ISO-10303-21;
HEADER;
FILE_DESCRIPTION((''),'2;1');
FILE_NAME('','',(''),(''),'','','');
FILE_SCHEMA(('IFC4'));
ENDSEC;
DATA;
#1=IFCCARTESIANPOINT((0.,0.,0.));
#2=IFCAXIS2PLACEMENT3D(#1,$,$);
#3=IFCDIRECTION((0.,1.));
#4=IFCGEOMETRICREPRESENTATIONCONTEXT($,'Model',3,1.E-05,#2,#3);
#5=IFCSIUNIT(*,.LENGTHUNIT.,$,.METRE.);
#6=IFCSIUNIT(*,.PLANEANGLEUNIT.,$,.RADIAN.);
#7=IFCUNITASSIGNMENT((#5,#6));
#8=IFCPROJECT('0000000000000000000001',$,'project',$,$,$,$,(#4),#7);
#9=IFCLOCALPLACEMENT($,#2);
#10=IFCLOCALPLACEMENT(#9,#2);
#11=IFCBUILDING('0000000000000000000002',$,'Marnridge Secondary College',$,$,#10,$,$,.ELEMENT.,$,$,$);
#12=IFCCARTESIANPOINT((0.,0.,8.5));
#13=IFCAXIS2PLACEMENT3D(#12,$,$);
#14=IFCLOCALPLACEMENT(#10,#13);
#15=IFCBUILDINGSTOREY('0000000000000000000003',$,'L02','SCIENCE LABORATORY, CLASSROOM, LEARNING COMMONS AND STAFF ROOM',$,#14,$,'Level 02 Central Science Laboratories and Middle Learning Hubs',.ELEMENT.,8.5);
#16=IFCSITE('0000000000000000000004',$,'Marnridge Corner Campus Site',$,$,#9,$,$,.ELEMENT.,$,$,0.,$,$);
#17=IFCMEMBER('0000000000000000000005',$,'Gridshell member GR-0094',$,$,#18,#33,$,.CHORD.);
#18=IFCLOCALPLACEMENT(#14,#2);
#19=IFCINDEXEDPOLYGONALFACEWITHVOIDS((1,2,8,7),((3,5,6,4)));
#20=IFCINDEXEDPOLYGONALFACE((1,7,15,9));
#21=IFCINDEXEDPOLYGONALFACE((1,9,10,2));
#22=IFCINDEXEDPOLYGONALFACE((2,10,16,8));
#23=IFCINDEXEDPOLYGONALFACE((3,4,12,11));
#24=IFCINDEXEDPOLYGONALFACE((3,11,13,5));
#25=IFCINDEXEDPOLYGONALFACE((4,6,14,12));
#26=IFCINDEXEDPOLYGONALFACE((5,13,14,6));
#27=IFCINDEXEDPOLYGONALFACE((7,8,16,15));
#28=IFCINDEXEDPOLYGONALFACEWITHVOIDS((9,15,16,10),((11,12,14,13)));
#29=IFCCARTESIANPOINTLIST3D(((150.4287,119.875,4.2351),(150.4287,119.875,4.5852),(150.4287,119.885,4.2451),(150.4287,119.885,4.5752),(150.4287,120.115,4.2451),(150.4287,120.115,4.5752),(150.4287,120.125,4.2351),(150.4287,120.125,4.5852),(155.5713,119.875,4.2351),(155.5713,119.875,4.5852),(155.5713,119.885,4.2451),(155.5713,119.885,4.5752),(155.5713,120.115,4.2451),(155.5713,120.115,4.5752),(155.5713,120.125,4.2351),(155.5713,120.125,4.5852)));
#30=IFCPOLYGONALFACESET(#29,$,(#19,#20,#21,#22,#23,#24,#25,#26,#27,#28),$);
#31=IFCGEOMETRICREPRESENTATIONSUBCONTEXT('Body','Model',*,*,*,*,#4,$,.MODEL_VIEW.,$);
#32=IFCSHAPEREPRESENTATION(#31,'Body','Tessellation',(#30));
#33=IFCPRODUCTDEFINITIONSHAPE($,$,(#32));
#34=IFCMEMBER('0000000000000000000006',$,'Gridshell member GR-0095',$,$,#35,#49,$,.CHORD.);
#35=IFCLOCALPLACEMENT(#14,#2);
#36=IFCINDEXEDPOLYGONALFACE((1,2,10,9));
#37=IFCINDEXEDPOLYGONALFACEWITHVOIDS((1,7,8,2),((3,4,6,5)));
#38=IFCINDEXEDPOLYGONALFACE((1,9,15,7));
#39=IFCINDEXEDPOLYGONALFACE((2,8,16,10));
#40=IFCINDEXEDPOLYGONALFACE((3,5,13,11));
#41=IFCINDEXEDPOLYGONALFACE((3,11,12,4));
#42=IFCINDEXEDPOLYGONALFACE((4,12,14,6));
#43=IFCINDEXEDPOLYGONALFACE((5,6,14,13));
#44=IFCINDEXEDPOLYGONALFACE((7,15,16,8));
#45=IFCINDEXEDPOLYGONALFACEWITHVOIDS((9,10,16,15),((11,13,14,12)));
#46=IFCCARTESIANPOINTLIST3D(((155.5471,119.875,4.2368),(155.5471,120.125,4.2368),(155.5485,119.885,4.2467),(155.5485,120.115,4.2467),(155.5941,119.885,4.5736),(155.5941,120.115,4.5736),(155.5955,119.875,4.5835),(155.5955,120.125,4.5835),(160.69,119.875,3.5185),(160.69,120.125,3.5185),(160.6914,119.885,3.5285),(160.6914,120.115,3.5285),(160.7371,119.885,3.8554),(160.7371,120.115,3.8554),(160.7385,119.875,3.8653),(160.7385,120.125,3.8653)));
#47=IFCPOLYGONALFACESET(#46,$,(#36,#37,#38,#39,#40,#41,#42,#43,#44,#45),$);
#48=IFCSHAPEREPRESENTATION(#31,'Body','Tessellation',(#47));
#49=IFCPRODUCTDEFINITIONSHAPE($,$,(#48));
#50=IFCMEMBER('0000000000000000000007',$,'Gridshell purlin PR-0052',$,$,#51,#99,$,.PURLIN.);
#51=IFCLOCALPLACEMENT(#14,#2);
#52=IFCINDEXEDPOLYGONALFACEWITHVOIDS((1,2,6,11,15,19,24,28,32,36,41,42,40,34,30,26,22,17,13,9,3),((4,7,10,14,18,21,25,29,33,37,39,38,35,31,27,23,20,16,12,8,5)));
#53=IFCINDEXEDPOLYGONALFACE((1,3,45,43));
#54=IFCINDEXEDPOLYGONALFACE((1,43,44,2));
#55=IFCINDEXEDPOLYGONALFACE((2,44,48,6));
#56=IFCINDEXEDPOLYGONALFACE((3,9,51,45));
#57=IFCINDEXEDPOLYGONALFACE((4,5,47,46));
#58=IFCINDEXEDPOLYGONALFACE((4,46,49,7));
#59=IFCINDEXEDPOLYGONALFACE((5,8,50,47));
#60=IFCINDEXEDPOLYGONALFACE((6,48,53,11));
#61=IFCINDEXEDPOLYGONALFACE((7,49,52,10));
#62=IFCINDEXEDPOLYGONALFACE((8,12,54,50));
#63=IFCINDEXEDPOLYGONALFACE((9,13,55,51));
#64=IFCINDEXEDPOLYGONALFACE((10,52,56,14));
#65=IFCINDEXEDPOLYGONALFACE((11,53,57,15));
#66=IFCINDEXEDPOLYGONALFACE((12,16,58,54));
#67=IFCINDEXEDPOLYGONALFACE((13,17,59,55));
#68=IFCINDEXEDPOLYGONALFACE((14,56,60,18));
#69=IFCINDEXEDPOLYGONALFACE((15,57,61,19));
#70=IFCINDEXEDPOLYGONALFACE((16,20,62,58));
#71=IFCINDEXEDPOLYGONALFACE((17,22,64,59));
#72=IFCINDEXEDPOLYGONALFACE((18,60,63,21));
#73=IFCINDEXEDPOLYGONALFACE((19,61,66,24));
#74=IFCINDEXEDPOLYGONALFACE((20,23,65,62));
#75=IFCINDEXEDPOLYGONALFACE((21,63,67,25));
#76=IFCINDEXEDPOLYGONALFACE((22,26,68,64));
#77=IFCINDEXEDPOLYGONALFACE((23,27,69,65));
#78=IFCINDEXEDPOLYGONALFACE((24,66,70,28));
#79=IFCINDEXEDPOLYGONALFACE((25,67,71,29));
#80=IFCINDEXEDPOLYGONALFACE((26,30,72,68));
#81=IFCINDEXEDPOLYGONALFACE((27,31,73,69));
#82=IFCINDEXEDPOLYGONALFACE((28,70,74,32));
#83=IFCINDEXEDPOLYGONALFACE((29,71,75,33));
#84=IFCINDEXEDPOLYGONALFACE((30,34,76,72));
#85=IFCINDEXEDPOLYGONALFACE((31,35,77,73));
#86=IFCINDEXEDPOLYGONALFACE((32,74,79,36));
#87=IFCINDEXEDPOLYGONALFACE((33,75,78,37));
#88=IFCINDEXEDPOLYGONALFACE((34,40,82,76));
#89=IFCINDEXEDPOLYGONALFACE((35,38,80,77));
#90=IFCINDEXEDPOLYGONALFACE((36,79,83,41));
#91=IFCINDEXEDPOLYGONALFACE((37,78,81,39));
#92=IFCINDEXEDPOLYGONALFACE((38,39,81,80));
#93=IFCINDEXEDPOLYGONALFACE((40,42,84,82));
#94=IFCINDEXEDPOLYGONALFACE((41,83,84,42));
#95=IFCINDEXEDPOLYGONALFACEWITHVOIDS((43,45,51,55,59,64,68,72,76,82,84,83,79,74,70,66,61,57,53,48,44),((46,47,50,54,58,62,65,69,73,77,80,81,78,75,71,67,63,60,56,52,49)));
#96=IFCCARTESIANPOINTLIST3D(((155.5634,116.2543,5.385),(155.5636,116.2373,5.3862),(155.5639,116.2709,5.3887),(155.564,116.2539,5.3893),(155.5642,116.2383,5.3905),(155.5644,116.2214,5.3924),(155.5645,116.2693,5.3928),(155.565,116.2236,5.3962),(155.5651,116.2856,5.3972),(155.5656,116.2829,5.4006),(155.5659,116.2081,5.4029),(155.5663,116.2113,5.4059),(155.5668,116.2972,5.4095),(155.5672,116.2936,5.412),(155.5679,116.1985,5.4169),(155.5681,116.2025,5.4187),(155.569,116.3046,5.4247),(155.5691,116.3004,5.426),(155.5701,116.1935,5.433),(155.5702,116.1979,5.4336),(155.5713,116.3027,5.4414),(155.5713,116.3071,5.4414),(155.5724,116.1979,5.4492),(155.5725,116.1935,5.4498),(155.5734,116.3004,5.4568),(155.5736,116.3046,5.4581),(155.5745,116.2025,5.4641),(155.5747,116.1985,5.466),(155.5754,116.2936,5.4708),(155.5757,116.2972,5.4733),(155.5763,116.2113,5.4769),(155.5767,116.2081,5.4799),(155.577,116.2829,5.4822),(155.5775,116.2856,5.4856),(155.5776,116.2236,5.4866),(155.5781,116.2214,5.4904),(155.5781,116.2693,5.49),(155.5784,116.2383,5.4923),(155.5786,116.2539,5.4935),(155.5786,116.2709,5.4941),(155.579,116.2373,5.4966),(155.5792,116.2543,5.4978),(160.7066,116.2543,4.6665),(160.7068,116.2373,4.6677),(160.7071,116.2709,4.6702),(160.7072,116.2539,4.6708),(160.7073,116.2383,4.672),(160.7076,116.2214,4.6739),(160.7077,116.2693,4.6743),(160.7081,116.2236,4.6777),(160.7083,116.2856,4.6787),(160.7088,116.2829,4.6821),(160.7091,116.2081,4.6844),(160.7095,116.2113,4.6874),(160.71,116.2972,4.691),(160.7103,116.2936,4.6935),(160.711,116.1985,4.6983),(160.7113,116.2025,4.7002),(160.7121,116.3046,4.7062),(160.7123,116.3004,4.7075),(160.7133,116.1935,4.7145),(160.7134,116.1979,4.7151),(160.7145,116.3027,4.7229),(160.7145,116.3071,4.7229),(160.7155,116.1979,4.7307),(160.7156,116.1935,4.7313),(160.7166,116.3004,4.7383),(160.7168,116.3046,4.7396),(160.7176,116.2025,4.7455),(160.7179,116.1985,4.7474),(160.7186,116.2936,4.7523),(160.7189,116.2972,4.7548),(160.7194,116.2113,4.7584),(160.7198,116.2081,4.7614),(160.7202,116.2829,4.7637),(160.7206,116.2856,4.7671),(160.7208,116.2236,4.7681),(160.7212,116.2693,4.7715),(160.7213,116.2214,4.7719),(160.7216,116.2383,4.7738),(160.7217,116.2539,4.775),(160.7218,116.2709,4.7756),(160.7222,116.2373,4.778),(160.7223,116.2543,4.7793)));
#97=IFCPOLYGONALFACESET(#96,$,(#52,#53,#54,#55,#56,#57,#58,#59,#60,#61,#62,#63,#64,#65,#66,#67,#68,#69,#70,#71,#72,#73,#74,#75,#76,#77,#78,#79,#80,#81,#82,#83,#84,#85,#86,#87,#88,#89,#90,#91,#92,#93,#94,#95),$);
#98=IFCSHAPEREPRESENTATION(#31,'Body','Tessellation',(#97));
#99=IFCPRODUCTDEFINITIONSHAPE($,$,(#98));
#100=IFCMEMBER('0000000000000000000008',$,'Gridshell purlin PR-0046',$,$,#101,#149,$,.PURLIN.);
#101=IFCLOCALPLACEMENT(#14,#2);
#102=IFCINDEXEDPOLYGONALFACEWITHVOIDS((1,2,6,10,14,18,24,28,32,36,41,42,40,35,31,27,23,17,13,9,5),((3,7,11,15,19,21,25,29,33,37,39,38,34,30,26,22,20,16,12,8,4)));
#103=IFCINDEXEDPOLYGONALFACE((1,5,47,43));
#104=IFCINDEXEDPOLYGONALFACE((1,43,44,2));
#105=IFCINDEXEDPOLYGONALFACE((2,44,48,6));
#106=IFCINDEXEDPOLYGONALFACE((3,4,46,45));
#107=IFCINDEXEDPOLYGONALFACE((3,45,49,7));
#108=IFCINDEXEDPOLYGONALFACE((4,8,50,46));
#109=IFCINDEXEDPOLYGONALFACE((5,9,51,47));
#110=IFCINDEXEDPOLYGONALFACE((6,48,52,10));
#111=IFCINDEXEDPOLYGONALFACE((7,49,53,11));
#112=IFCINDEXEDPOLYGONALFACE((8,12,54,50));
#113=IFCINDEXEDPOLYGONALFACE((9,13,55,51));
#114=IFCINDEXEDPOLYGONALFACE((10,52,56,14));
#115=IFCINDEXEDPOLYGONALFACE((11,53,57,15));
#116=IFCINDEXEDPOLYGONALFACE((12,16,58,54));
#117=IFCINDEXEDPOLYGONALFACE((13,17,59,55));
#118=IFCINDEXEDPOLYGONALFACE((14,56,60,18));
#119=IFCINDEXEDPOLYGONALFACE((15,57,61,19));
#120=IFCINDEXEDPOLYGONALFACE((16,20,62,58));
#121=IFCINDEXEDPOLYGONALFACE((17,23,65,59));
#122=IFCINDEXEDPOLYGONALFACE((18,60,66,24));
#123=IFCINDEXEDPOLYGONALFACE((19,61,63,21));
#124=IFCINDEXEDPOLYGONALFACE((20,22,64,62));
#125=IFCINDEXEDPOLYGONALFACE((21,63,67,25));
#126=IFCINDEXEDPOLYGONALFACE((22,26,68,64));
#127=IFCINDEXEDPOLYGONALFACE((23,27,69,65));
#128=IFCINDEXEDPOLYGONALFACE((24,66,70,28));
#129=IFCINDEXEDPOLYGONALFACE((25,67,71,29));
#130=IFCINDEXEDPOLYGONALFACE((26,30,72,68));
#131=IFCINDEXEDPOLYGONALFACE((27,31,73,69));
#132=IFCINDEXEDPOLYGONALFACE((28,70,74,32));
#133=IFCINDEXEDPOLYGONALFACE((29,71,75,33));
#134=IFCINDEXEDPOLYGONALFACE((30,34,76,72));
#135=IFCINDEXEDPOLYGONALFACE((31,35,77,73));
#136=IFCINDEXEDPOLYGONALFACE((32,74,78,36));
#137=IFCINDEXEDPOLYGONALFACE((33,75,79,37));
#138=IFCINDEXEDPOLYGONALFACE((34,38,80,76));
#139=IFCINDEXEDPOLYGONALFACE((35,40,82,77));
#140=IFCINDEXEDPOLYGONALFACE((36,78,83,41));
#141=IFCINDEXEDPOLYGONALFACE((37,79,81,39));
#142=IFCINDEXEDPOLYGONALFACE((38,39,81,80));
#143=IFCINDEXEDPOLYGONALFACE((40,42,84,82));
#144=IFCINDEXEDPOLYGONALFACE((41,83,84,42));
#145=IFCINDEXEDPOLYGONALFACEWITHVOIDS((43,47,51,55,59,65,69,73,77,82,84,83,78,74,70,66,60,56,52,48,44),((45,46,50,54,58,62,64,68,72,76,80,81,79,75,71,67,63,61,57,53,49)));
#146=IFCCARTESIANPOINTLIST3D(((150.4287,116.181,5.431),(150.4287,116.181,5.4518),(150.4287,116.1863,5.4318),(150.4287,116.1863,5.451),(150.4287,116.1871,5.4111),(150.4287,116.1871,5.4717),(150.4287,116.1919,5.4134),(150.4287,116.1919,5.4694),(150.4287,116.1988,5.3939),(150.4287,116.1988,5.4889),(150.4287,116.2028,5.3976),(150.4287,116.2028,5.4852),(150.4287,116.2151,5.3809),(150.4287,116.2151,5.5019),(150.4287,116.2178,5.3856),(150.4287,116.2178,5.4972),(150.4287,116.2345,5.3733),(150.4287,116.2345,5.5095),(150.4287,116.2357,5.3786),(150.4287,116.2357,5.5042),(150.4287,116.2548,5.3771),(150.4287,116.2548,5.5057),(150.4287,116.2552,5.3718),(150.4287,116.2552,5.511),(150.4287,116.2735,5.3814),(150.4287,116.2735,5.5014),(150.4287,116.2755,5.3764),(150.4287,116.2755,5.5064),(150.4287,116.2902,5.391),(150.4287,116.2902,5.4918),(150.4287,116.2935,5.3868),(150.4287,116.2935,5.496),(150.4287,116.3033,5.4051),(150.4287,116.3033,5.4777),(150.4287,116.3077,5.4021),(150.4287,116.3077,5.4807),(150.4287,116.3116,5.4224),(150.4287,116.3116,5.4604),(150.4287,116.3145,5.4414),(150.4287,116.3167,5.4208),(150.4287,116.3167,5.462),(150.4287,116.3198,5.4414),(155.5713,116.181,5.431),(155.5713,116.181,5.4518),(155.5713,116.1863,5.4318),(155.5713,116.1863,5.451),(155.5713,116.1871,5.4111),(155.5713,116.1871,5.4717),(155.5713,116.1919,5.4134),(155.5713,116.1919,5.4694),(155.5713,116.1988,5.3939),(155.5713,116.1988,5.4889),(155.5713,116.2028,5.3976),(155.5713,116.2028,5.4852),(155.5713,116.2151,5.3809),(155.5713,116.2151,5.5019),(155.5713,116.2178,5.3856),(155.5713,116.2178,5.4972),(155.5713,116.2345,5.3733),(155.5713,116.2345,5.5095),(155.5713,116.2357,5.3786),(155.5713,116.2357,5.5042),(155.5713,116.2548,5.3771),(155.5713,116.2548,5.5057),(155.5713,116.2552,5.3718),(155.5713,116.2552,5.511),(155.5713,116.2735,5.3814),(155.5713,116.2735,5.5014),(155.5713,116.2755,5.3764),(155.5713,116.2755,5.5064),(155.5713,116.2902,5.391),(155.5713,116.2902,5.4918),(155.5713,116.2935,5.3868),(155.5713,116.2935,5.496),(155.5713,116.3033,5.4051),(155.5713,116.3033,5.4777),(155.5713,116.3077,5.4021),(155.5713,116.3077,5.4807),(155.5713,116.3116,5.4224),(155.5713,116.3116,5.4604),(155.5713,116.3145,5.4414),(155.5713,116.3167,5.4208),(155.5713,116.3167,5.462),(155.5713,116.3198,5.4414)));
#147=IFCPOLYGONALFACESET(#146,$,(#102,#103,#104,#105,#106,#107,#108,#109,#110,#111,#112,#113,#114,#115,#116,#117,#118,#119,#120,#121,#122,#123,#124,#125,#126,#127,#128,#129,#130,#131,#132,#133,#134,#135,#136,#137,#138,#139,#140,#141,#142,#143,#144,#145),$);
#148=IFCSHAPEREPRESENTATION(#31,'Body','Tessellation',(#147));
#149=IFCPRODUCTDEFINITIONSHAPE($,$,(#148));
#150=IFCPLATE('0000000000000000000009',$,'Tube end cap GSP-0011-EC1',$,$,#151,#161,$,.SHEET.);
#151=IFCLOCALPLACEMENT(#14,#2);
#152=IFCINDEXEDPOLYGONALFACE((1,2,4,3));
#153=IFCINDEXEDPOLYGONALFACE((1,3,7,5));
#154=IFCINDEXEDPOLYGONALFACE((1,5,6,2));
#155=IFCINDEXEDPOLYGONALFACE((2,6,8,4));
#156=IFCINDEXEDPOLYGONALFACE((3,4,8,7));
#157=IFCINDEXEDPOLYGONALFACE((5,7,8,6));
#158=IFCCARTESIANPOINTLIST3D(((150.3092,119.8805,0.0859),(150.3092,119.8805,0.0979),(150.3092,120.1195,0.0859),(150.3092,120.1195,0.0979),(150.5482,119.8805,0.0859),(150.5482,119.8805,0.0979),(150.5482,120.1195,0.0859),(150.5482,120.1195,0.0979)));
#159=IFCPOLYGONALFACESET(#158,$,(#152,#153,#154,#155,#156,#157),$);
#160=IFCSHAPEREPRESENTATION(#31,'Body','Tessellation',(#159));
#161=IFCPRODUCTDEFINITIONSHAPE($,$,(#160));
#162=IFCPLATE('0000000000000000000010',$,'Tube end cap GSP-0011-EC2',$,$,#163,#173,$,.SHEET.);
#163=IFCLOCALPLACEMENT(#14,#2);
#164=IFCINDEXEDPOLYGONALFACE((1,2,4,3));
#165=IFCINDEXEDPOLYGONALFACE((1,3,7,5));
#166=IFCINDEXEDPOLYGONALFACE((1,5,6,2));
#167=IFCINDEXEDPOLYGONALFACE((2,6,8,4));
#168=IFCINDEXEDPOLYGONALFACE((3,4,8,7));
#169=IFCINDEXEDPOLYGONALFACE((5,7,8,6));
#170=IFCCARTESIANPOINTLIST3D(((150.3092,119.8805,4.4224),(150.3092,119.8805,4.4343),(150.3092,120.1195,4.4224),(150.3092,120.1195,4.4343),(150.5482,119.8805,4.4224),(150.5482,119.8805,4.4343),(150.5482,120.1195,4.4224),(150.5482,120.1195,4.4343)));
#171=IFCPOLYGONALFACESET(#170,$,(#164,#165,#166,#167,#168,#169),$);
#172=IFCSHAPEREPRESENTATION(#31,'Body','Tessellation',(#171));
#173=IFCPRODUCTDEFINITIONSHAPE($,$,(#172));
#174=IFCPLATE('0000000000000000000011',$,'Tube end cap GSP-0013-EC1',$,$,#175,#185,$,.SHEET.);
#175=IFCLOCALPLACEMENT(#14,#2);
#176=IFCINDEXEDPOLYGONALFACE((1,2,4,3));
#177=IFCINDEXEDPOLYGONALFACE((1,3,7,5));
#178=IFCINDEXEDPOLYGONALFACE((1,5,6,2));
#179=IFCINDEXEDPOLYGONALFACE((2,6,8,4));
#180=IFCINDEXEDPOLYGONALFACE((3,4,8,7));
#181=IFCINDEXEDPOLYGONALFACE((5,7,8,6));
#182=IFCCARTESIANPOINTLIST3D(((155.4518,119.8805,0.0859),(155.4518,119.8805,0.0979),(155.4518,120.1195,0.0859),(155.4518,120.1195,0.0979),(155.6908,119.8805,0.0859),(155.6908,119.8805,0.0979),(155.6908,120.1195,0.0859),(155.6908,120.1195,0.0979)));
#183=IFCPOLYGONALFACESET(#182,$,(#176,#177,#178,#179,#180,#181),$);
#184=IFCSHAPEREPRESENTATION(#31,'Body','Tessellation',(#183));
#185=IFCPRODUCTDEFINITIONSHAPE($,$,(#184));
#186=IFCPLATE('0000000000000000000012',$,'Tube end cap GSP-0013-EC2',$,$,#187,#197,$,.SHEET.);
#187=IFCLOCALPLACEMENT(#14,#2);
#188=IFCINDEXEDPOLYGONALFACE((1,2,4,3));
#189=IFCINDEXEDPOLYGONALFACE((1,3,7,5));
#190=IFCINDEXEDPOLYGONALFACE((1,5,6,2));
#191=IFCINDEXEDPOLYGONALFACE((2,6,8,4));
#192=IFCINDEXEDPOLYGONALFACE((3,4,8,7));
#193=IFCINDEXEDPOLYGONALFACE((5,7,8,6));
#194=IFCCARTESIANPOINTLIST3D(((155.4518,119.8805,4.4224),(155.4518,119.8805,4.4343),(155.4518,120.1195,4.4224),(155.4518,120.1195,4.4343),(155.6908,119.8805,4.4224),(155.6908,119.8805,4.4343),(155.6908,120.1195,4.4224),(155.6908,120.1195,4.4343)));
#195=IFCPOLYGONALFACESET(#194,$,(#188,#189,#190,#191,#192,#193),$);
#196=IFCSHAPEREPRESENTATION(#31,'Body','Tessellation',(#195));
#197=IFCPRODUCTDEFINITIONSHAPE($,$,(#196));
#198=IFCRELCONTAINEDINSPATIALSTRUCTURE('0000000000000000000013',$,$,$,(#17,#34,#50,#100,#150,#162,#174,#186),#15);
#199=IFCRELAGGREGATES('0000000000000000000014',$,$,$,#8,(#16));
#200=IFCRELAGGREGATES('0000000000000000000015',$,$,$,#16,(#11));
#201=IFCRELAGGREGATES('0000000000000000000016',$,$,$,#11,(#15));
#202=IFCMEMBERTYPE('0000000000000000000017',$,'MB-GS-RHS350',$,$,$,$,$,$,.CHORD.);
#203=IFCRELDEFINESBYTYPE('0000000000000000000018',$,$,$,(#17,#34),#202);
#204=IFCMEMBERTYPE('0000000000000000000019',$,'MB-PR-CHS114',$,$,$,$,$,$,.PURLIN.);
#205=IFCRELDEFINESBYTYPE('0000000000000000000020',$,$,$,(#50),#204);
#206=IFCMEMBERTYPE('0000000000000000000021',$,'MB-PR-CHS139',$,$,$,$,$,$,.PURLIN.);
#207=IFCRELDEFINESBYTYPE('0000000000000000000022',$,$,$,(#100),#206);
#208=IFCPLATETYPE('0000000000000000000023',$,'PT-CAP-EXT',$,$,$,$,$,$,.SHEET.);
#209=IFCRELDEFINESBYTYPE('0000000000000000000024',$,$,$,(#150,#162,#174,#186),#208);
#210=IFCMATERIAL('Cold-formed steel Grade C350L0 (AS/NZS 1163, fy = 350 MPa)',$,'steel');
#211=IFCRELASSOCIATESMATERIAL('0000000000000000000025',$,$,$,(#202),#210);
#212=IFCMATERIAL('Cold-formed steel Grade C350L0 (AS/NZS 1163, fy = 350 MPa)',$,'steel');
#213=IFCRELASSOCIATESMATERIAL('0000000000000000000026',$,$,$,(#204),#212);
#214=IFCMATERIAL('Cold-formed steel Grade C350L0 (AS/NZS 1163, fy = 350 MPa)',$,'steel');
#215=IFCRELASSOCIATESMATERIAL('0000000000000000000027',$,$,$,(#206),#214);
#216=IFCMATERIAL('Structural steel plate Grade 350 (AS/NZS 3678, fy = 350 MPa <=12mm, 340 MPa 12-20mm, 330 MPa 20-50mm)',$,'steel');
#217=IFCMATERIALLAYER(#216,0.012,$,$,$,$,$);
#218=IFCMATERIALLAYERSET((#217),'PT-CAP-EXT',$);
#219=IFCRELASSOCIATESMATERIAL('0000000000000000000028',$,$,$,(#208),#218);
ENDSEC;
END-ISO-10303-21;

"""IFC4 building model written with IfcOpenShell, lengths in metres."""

from ifc_helpers import new_model, si_unit, direction, frame, origin, origin_2d, place, context, subcontext, project, spatial, rectangle, hollow_rectangle, hollow_circle, extrude, material, layer, layer_set, material_profile, profile_set, type_object, element, save


model = new_model("IFC4")

# Units and contexts
model_context = context("Model", 3, precision=1e-05, world=origin(), true_north=direction((0.0, 1.0)))
body_context = subcontext(model_context, "Body", "Model", "MODEL_VIEW")
ifc_project = project(units=[si_unit("LENGTHUNIT", "METRE"), si_unit("PLANEANGLEUNIT", "RADIAN")], contexts=[model_context])

# Site, building, storey
site_placement = place(None, origin())
site = spatial("IfcSite", under=ifc_project, at=site_placement, Name="Marnridge Corner Campus Site", CompositionType="ELEMENT", RefElevation=0.0)
building_placement = place(site_placement, origin())
building = spatial("IfcBuilding", under=site, at=building_placement, Name="Marnridge Secondary College", CompositionType="ELEMENT")
storey_placement = place(building_placement, frame((0.0, 0.0, 8.5)))
storey = spatial("IfcBuildingStorey", under=building, at=storey_placement, Name="L02", Description="SCIENCE LABORATORY, CLASSROOM, LEARNING COMMONS AND STAFF ROOM", LongName="Level 02 Central Science Laboratories and Middle Learning Hubs", CompositionType="ELEMENT", Elevation=8.5)

# Members
ifc_material_1 = material(Name="Cold-formed steel Grade C350L0 (AS/NZS 1163, fy = 350 MPa)", Category="steel")
ifc_material_profile_1 = material_profile(ifc_material_1, hollow_rectangle(XDim=0.25, YDim=0.3501, WallThickness=0.01, at=origin_2d()), Name="350x250x10.0RHS")
ifc_profile_set_1 = profile_set([ifc_material_profile_1], Name="Cold-formed steel Grade C350L0 (AS/NZS 1163, fy = 350 MPa)")
member_type_1 = type_object("IfcMemberType", Name="MB-GS-RHS350", PredefinedType="CHORD", material=ifc_profile_set_1)
member_1_placement = place(storey_placement, frame((150.4287, 120.0, 4.4102), z_axis=(1.0, 0.0, 0.0), x_axis=(0.0, 1.0, 0.0)))
element("IfcMember", 1, at=member_1_placement, inside=storey, type_object=member_type_1, Name="Gridshell member GR-0094", PredefinedType="CHORD", context=body_context, shape_type="SweptSolid", body=[
    extrude(hollow_rectangle(XDim=0.25, YDim=0.3501, WallThickness=0.01, at=origin_2d()), origin(), (0.0, 0.0, 1.0), 5.1426),
])
member_2_placement = place(storey_placement, frame((155.5713, 120.0, 4.4102), z_axis=(0.990388, 0.0, -0.138314), x_axis=(0.0, 1.0, 0.0)))
element("IfcMember", 2, at=member_2_placement, inside=storey, type_object=member_type_1, Name="Gridshell member GR-0095", PredefinedType="CHORD", context=body_context, shape_type="SweptSolid", body=[
    extrude(hollow_rectangle(XDim=0.25, YDim=0.3501, WallThickness=0.01, at=origin_2d()), origin(), (0.0, 0.0, 1.0), 5.1929),
])
ifc_material_2 = material(Name="Cold-formed steel Grade C350L0 (AS/NZS 1163, fy = 350 MPa)", Category="steel")
ifc_material_profile_2 = material_profile(ifc_material_2, hollow_circle(Radius=0.0571, WallThickness=0.0044, at=origin_2d()), Name="114.3x4.5CHS")
ifc_profile_set_2 = profile_set([ifc_material_profile_2], Name="Cold-formed steel Grade C350L0 (AS/NZS 1163, fy = 350 MPa)")
member_type_2 = type_object("IfcMemberType", Name="MB-PR-CHS114", PredefinedType="PURLIN", material=ifc_profile_set_2)
member_3_placement = place(storey_placement, frame((155.5713, 116.25, 5.4414), z_axis=(0.990382, 0.0, -0.13836), x_axis=(0.0, 1.0, 0.0)))
element("IfcMember", 3, at=member_3_placement, inside=storey, type_object=member_type_2, Name="Gridshell purlin PR-0052", PredefinedType="PURLIN", context=body_context, shape_type="SweptSolid", body=[
    extrude(hollow_circle(Radius=0.0571, WallThickness=0.0044, at=origin_2d()), origin(), (0.0, 0.0, 1.0), 5.1931),
])
ifc_material_3 = material(Name="Cold-formed steel Grade C350L0 (AS/NZS 1163, fy = 350 MPa)", Category="steel")
ifc_material_profile_3 = material_profile(ifc_material_3, hollow_circle(Radius=0.0698, WallThickness=0.0054, at=origin_2d()), Name="139.7x5.4CHS")
ifc_profile_set_3 = profile_set([ifc_material_profile_3], Name="Cold-formed steel Grade C350L0 (AS/NZS 1163, fy = 350 MPa)")
member_type_3 = type_object("IfcMemberType", Name="MB-PR-CHS139", PredefinedType="PURLIN", material=ifc_profile_set_3)
member_4_placement = place(storey_placement, frame((150.4287, 116.25, 5.4414), z_axis=(1.0, 0.0, 0.0), x_axis=(0.0, 1.0, 0.0)))
element("IfcMember", 4, at=member_4_placement, inside=storey, type_object=member_type_3, Name="Gridshell purlin PR-0046", PredefinedType="PURLIN", context=body_context, shape_type="SweptSolid", body=[
    extrude(hollow_circle(Radius=0.0698, WallThickness=0.0054, at=origin_2d()), origin(), (0.0, 0.0, 1.0), 5.1426),
])

# Plates
ifc_material_4 = material(Name="Structural steel plate Grade 350 (AS/NZS 3678, fy = 350 MPa <=12mm, 340 MPa 12-20mm, 330 MPa 20-50mm)", Category="steel")
ifc_layer_1 = layer(ifc_material_4, 0.012)
ifc_layer_set_1 = layer_set([ifc_layer_1], Name="PT-CAP-EXT")
plate_type_1 = type_object("IfcPlateType", Name="PT-CAP-EXT", PredefinedType="SHEET", material=ifc_layer_set_1)
for number, where, z_axis, x_axis, name in (
    (5, (150.4287, 120.0, 0.0859), (0.0, 0.0, 1.0), (1.0, 0.0, 0.0), "Tube end cap GSP-0011-EC1"),
    (6, (150.4287, 120.0, 4.4224), (0.0, 0.0, 1.0), (1.0, 0.0, 0.0), "Tube end cap GSP-0011-EC2"),
    (7, (155.5713, 120.0, 0.0859), (0.0, 0.0, 1.0), (1.0, 0.0, 0.0), "Tube end cap GSP-0013-EC1"),
    (8, (155.5713, 120.0, 4.4224), (0.0, 0.0, 1.0), (1.0, 0.0, 0.0), "Tube end cap GSP-0013-EC2"),
):
    element("IfcPlate", number, at=place(storey_placement, frame(where, z_axis=z_axis, x_axis=x_axis)), inside=storey, type_object=plate_type_1, Name=name, PredefinedType="SHEET", context=body_context, shape_type="SweptSolid", body=[
        extrude(rectangle(XDim=0.239, YDim=0.239, at=origin_2d()), origin(), (0.0, 0.0, 1.0), 0.012),
    ])

save(model, "model.ifc")
